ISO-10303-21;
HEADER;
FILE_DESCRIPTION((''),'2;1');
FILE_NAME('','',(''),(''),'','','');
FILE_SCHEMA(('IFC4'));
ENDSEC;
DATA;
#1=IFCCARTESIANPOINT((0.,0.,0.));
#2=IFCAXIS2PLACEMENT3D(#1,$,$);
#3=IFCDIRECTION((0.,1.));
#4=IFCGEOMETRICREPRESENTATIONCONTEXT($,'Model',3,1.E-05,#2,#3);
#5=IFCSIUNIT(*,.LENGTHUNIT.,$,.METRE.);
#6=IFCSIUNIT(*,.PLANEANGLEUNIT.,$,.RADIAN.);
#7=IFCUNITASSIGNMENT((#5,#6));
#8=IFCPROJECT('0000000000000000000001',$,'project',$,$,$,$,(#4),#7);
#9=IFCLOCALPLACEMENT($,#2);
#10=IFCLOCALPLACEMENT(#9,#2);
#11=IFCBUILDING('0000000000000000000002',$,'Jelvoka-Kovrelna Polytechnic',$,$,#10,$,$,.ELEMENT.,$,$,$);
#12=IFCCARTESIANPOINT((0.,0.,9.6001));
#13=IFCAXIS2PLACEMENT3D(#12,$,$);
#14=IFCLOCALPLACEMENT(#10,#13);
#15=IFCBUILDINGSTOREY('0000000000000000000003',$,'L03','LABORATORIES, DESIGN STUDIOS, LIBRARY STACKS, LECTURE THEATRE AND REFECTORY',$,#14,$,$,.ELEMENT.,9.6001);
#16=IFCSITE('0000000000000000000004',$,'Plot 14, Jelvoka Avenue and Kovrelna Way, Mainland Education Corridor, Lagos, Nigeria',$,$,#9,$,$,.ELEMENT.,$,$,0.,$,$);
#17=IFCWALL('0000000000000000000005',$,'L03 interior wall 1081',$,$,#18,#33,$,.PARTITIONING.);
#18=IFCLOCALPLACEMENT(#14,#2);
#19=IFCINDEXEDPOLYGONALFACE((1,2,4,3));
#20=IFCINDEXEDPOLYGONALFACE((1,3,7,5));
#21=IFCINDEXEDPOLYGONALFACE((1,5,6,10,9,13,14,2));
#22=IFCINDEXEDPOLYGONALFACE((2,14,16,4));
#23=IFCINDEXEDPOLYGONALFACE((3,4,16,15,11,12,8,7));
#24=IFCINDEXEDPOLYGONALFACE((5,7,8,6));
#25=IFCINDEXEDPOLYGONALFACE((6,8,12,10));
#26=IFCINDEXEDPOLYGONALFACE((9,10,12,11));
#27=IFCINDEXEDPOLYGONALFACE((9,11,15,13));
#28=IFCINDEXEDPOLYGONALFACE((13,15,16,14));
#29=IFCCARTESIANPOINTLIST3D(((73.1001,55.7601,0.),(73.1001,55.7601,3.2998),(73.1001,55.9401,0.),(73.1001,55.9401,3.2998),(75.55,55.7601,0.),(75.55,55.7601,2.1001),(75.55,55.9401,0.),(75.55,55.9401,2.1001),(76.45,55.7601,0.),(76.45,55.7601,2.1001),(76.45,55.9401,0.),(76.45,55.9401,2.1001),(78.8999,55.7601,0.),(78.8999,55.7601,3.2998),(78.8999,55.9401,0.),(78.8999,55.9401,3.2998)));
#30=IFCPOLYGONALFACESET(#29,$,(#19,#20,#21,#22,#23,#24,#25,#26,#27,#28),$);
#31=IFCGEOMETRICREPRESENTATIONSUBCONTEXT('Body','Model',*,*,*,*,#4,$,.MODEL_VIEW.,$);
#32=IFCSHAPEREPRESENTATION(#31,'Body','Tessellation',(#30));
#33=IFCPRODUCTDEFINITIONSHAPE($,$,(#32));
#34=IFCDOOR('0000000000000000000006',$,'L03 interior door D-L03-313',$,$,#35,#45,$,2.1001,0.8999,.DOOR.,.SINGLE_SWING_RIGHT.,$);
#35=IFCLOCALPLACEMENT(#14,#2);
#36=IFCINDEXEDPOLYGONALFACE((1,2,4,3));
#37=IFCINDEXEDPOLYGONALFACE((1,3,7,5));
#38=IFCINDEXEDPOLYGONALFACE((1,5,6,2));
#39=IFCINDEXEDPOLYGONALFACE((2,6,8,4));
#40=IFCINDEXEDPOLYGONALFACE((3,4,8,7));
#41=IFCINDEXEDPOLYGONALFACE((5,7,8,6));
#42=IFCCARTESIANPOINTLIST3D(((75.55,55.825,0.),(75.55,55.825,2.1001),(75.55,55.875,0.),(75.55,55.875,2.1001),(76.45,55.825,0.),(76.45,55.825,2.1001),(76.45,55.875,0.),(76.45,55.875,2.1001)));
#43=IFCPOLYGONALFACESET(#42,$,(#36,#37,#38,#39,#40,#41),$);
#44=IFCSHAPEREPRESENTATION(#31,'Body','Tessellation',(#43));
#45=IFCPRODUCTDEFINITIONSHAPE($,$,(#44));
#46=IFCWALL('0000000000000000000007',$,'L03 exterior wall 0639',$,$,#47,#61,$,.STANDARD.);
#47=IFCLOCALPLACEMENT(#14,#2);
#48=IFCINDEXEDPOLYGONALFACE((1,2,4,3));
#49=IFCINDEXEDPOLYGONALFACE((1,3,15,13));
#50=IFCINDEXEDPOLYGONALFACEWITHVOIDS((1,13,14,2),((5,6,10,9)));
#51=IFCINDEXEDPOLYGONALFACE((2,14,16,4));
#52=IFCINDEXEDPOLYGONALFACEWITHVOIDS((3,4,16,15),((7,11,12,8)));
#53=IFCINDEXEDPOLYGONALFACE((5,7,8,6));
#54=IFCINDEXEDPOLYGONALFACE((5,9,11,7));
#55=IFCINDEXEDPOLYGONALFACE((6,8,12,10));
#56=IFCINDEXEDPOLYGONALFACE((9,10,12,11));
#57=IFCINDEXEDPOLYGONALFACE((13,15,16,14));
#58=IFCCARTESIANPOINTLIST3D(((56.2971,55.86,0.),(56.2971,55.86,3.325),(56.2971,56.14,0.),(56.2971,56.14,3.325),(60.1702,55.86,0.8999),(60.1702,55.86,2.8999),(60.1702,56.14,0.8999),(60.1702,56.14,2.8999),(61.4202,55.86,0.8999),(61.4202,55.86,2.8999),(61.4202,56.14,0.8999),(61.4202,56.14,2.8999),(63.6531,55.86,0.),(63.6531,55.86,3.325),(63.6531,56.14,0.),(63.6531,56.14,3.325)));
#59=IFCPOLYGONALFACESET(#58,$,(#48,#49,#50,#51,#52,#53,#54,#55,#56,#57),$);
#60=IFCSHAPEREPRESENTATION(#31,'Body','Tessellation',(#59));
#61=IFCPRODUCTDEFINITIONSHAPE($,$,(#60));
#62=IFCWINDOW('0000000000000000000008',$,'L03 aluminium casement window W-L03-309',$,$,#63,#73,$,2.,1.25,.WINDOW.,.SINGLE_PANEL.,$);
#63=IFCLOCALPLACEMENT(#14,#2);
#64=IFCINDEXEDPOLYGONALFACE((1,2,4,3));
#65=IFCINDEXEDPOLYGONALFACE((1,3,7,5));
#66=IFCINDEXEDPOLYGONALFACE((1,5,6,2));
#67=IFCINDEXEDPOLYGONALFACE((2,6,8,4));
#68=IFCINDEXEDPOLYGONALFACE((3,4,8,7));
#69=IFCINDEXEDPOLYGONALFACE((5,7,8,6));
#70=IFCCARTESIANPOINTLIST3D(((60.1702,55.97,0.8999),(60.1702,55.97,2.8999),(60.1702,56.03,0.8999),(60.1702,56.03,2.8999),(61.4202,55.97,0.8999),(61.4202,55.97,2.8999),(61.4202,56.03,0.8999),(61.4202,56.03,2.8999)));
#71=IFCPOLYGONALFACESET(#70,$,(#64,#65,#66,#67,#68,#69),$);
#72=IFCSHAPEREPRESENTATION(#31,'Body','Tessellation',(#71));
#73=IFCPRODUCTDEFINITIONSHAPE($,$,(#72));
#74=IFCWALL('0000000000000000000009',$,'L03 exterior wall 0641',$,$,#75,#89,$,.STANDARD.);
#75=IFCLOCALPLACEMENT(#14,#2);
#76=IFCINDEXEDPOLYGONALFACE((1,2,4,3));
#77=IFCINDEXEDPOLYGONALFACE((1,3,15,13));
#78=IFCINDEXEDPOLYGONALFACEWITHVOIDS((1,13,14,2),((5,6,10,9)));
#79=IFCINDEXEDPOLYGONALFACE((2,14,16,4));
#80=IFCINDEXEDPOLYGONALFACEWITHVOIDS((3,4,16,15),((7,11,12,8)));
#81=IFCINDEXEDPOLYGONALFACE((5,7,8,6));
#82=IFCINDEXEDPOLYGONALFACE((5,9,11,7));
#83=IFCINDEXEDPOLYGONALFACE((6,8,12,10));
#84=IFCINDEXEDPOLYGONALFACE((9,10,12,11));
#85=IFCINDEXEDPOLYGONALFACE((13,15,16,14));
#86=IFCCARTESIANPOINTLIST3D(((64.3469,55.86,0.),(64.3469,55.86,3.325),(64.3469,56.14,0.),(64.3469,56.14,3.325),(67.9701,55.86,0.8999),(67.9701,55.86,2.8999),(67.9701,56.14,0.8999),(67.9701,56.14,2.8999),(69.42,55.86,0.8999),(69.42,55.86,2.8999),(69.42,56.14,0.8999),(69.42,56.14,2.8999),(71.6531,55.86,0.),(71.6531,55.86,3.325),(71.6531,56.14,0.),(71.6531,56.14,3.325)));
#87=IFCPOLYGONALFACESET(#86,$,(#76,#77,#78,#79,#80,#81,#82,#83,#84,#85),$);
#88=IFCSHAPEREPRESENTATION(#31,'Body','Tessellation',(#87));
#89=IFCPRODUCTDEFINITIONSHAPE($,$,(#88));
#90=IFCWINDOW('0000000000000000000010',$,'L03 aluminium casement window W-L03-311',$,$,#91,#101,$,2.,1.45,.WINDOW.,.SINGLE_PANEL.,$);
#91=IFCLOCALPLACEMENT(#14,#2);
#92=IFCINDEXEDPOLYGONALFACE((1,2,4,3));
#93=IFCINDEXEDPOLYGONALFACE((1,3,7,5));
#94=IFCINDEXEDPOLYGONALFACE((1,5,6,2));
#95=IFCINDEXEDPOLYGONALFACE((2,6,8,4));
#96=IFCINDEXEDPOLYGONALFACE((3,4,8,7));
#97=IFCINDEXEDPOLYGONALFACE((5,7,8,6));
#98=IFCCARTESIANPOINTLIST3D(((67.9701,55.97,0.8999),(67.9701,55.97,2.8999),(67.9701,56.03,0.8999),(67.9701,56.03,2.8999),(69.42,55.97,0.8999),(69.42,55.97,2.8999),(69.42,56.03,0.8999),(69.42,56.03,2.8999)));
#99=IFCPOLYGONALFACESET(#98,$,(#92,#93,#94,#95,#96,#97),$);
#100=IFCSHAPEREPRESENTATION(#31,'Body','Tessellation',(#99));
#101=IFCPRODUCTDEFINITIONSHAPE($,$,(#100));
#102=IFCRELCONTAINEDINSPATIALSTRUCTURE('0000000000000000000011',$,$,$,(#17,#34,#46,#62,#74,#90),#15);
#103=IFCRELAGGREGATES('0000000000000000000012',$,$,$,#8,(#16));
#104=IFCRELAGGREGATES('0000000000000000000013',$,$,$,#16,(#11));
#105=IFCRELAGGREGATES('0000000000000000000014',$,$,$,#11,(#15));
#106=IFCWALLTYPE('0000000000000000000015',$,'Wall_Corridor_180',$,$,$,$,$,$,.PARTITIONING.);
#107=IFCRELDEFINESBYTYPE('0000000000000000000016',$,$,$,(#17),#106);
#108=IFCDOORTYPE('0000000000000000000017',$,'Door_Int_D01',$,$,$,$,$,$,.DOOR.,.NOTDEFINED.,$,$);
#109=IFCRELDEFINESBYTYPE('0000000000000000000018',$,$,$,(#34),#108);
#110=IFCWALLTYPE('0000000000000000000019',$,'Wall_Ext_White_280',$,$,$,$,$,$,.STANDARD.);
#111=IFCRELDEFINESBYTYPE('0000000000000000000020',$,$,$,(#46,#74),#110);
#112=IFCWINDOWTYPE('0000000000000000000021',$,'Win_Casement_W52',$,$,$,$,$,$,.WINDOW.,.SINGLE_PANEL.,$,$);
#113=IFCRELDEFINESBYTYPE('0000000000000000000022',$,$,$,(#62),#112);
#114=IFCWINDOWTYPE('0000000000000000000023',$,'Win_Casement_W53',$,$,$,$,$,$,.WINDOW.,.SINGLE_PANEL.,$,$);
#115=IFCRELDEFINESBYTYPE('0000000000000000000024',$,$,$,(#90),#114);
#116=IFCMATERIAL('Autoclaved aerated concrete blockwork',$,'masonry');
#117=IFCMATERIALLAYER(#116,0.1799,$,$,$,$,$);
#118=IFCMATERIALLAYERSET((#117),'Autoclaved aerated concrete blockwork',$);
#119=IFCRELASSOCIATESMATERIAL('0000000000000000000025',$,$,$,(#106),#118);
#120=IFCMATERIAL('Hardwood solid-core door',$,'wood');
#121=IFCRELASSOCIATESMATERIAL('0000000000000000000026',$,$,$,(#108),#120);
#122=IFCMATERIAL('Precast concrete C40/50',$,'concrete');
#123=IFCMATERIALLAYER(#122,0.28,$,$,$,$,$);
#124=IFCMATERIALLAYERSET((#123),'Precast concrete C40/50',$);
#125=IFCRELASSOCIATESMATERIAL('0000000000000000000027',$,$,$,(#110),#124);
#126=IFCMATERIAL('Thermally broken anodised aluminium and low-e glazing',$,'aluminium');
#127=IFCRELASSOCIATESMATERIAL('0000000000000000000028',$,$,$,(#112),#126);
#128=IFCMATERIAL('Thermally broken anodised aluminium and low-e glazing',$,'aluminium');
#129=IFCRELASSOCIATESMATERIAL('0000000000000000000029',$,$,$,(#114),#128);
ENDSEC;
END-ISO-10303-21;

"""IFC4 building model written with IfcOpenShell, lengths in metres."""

from ifc_helpers import new_model, si_unit, direction, frame, frame_2d, origin, place, context, subcontext, project, spatial, rectangle, extrude, material, layer, layer_set, type_object, element, fill, save


model = new_model("IFC4")

# Units and contexts
model_context = context("Model", 3, precision=1e-05, world=origin(), true_north=direction((0.0, 1.0)))
body_context = subcontext(model_context, "Body", "Model", "MODEL_VIEW")
ifc_project = project(units=[si_unit("LENGTHUNIT", "METRE"), si_unit("PLANEANGLEUNIT", "RADIAN")], contexts=[model_context])

# Site, building, storey
site_placement = place(None, origin())
site = spatial("IfcSite", under=ifc_project, at=site_placement, Name="Plot 14, Jelvoka Avenue and Kovrelna Way, Mainland Education Corridor, Lagos, Nigeria", CompositionType="ELEMENT", RefElevation=0.0)
building_placement = place(site_placement, origin())
building = spatial("IfcBuilding", under=site, at=building_placement, Name="Jelvoka-Kovrelna Polytechnic", CompositionType="ELEMENT")
storey_placement = place(building_placement, frame((0.0, 0.0, 9.6001)))
storey = spatial("IfcBuildingStorey", under=building, at=storey_placement, Name="L03", Description="LABORATORIES, DESIGN STUDIOS, LIBRARY STACKS, LECTURE THEATRE AND REFECTORY", CompositionType="ELEMENT", Elevation=9.6001)

# Wall, opening, door
ifc_material_1 = material(Name="Autoclaved aerated concrete blockwork", Category="masonry")
ifc_layer_1 = layer(ifc_material_1, 0.1799)
ifc_layer_set_1 = layer_set([ifc_layer_1], Name="Autoclaved aerated concrete blockwork")
wall_type_1 = type_object("IfcWallType", Name="Wall_Corridor_180", PredefinedType="PARTITIONING", material=ifc_layer_set_1)
wall_1_placement = place(storey_placement, frame((73.1001, 55.8501, 0.0), z_axis=(0.0, 0.0, 1.0), x_axis=(1.0, 0.0, 0.0)))
wall_1 = element("IfcWall", 1, at=wall_1_placement, inside=storey, type_object=wall_type_1, Name="L03 interior wall 1081", PredefinedType="PARTITIONING", context=body_context, shape_type="SweptSolid", body=[
    extrude(rectangle(XDim=5.7998, YDim=0.1799, at=frame_2d((2.8999, 0.0))), origin(), (0.0, 0.0, 1.0), 3.2998),
])
opening_1_placement = place(wall_1_placement, frame((2.45, 0.0, 0.0)))
opening_1 = element("IfcOpeningElement", 2, at=opening_1_placement, cuts=wall_1, PredefinedType="OPENING", context=body_context, shape_type="SweptSolid", body=[
    extrude(rectangle(XDim=0.8999, YDim=2.1001, at=frame_2d((0.45, 1.05))), frame((0.0, 0.0999, 0.0), z_axis=(0.0, -1.0, 0.0), x_axis=(1.0, 0.0, 0.0)), (0.0, 0.0, 1.0), 0.2),
])
ifc_material_2 = material(Name="Hardwood solid-core door", Category="wood")
door_type_1 = type_object("IfcDoorType", Name="Door_Int_D01", OperationType="NOTDEFINED", PredefinedType="DOOR", material=ifc_material_2)
door_1_placement = place(opening_1_placement, origin())
door_1 = element("IfcDoor", 3, at=door_1_placement, inside=storey, type_object=door_type_1, Name="L03 interior door D-L03-313", OperationType="SINGLE_SWING_RIGHT", OverallHeight=2.1001, OverallWidth=0.8999, PredefinedType="DOOR", context=body_context, shape_type="SweptSolid", body=[
    extrude(rectangle(XDim=0.8999, YDim=2.1001, at=frame_2d((0.45, 1.05))), frame((0.0, 0.0249, 0.0), z_axis=(0.0, -1.0, 0.0), x_axis=(1.0, 0.0, 0.0)), (0.0, 0.0, 1.0), 0.05),
])
fill(opening_1, door_1)

# Walls, openings, windows
ifc_material_3 = material(Name="Precast concrete C40/50", Category="concrete")
ifc_layer_2 = layer(ifc_material_3, 0.28)
ifc_layer_set_2 = layer_set([ifc_layer_2], Name="Precast concrete C40/50")
wall_type_2 = type_object("IfcWallType", Name="Wall_Ext_White_280", PredefinedType="STANDARD", material=ifc_layer_set_2)
wall_2_placement = place(storey_placement, frame((63.6531, 56.0, 0.0), z_axis=(0.0, 0.0, 1.0), x_axis=(-1.0, 0.0, 0.0)))
wall_2 = element("IfcWall", 4, at=wall_2_placement, inside=storey, type_object=wall_type_2, Name="L03 exterior wall 0639", PredefinedType="STANDARD", context=body_context, shape_type="SweptSolid", body=[
    extrude(rectangle(XDim=7.356, YDim=0.28, at=frame_2d((3.678, 0.0))), origin(), (0.0, 0.0, 1.0), 3.325),
])
opening_2_placement = place(wall_2_placement, frame((2.2329, 0.0, 0.8999)))
opening_2 = element("IfcOpeningElement", 5, at=opening_2_placement, cuts=wall_2, PredefinedType="OPENING", context=body_context, shape_type="SweptSolid", body=[
    extrude(rectangle(XDim=1.25, YDim=2.0, at=frame_2d((0.625, 1.0))), frame((0.0, 0.1501, 0.0), z_axis=(0.0, -1.0, 0.0), x_axis=(1.0, 0.0, 0.0)), (0.0, 0.0, 1.0), 0.3),
])
ifc_material_4 = material(Name="Thermally broken anodised aluminium and low-e glazing", Category="aluminium")
window_type_1 = type_object("IfcWindowType", Name="Win_Casement_W52", PartitioningType="SINGLE_PANEL", PredefinedType="WINDOW", material=ifc_material_4)
window_1_placement = place(opening_2_placement, origin())
window_1 = element("IfcWindow", 6, at=window_1_placement, inside=storey, type_object=window_type_1, Name="L03 aluminium casement window W-L03-309", OverallHeight=2.0, OverallWidth=1.25, PartitioningType="SINGLE_PANEL", PredefinedType="WINDOW", context=body_context, shape_type="SweptSolid", body=[
    extrude(rectangle(XDim=1.25, YDim=2.0, at=frame_2d((0.625, 1.0))), frame((0.0, 0.03, 0.0), z_axis=(0.0, -1.0, 0.0), x_axis=(1.0, 0.0, 0.0)), (0.0, 0.0, 1.0), 0.0601),
])
fill(opening_2, window_1)
wall_3_placement = place(storey_placement, frame((71.6531, 56.0, 0.0), z_axis=(0.0, 0.0, 1.0), x_axis=(-1.0, 0.0, 0.0)))
wall_3 = element("IfcWall", 7, at=wall_3_placement, inside=storey, type_object=wall_type_2, Name="L03 exterior wall 0641", PredefinedType="STANDARD", context=body_context, shape_type="SweptSolid", body=[
    extrude(rectangle(XDim=7.3062, YDim=0.28, at=frame_2d((3.6531, 0.0))), origin(), (0.0, 0.0, 1.0), 3.325),
])
opening_3_placement = place(wall_3_placement, frame((2.2329, 0.0, 0.8999)))
opening_3 = element("IfcOpeningElement", 8, at=opening_3_placement, cuts=wall_3, PredefinedType="OPENING", context=body_context, shape_type="SweptSolid", body=[
    extrude(rectangle(XDim=1.45, YDim=2.0, at=frame_2d((0.7251, 1.0))), frame((0.0, 0.1501, 0.0), z_axis=(0.0, -1.0, 0.0), x_axis=(1.0, 0.0, 0.0)), (0.0, 0.0, 1.0), 0.3),
])
ifc_material_5 = material(Name="Thermally broken anodised aluminium and low-e glazing", Category="aluminium")
window_type_2 = type_object("IfcWindowType", Name="Win_Casement_W53", PartitioningType="SINGLE_PANEL", PredefinedType="WINDOW", material=ifc_material_5)
window_2_placement = place(opening_3_placement, origin())
window_2 = element("IfcWindow", 9, at=window_2_placement, inside=storey, type_object=window_type_2, Name="L03 aluminium casement window W-L03-311", OverallHeight=2.0, OverallWidth=1.45, PartitioningType="SINGLE_PANEL", PredefinedType="WINDOW", context=body_context, shape_type="SweptSolid", body=[
    extrude(rectangle(XDim=1.45, YDim=2.0, at=frame_2d((0.7251, 1.0))), frame((0.0, 0.03, 0.0), z_axis=(0.0, -1.0, 0.0), x_axis=(1.0, 0.0, 0.0)), (0.0, 0.0, 1.0), 0.0601),
])
fill(opening_3, window_2)

save(model, "model.ifc")
